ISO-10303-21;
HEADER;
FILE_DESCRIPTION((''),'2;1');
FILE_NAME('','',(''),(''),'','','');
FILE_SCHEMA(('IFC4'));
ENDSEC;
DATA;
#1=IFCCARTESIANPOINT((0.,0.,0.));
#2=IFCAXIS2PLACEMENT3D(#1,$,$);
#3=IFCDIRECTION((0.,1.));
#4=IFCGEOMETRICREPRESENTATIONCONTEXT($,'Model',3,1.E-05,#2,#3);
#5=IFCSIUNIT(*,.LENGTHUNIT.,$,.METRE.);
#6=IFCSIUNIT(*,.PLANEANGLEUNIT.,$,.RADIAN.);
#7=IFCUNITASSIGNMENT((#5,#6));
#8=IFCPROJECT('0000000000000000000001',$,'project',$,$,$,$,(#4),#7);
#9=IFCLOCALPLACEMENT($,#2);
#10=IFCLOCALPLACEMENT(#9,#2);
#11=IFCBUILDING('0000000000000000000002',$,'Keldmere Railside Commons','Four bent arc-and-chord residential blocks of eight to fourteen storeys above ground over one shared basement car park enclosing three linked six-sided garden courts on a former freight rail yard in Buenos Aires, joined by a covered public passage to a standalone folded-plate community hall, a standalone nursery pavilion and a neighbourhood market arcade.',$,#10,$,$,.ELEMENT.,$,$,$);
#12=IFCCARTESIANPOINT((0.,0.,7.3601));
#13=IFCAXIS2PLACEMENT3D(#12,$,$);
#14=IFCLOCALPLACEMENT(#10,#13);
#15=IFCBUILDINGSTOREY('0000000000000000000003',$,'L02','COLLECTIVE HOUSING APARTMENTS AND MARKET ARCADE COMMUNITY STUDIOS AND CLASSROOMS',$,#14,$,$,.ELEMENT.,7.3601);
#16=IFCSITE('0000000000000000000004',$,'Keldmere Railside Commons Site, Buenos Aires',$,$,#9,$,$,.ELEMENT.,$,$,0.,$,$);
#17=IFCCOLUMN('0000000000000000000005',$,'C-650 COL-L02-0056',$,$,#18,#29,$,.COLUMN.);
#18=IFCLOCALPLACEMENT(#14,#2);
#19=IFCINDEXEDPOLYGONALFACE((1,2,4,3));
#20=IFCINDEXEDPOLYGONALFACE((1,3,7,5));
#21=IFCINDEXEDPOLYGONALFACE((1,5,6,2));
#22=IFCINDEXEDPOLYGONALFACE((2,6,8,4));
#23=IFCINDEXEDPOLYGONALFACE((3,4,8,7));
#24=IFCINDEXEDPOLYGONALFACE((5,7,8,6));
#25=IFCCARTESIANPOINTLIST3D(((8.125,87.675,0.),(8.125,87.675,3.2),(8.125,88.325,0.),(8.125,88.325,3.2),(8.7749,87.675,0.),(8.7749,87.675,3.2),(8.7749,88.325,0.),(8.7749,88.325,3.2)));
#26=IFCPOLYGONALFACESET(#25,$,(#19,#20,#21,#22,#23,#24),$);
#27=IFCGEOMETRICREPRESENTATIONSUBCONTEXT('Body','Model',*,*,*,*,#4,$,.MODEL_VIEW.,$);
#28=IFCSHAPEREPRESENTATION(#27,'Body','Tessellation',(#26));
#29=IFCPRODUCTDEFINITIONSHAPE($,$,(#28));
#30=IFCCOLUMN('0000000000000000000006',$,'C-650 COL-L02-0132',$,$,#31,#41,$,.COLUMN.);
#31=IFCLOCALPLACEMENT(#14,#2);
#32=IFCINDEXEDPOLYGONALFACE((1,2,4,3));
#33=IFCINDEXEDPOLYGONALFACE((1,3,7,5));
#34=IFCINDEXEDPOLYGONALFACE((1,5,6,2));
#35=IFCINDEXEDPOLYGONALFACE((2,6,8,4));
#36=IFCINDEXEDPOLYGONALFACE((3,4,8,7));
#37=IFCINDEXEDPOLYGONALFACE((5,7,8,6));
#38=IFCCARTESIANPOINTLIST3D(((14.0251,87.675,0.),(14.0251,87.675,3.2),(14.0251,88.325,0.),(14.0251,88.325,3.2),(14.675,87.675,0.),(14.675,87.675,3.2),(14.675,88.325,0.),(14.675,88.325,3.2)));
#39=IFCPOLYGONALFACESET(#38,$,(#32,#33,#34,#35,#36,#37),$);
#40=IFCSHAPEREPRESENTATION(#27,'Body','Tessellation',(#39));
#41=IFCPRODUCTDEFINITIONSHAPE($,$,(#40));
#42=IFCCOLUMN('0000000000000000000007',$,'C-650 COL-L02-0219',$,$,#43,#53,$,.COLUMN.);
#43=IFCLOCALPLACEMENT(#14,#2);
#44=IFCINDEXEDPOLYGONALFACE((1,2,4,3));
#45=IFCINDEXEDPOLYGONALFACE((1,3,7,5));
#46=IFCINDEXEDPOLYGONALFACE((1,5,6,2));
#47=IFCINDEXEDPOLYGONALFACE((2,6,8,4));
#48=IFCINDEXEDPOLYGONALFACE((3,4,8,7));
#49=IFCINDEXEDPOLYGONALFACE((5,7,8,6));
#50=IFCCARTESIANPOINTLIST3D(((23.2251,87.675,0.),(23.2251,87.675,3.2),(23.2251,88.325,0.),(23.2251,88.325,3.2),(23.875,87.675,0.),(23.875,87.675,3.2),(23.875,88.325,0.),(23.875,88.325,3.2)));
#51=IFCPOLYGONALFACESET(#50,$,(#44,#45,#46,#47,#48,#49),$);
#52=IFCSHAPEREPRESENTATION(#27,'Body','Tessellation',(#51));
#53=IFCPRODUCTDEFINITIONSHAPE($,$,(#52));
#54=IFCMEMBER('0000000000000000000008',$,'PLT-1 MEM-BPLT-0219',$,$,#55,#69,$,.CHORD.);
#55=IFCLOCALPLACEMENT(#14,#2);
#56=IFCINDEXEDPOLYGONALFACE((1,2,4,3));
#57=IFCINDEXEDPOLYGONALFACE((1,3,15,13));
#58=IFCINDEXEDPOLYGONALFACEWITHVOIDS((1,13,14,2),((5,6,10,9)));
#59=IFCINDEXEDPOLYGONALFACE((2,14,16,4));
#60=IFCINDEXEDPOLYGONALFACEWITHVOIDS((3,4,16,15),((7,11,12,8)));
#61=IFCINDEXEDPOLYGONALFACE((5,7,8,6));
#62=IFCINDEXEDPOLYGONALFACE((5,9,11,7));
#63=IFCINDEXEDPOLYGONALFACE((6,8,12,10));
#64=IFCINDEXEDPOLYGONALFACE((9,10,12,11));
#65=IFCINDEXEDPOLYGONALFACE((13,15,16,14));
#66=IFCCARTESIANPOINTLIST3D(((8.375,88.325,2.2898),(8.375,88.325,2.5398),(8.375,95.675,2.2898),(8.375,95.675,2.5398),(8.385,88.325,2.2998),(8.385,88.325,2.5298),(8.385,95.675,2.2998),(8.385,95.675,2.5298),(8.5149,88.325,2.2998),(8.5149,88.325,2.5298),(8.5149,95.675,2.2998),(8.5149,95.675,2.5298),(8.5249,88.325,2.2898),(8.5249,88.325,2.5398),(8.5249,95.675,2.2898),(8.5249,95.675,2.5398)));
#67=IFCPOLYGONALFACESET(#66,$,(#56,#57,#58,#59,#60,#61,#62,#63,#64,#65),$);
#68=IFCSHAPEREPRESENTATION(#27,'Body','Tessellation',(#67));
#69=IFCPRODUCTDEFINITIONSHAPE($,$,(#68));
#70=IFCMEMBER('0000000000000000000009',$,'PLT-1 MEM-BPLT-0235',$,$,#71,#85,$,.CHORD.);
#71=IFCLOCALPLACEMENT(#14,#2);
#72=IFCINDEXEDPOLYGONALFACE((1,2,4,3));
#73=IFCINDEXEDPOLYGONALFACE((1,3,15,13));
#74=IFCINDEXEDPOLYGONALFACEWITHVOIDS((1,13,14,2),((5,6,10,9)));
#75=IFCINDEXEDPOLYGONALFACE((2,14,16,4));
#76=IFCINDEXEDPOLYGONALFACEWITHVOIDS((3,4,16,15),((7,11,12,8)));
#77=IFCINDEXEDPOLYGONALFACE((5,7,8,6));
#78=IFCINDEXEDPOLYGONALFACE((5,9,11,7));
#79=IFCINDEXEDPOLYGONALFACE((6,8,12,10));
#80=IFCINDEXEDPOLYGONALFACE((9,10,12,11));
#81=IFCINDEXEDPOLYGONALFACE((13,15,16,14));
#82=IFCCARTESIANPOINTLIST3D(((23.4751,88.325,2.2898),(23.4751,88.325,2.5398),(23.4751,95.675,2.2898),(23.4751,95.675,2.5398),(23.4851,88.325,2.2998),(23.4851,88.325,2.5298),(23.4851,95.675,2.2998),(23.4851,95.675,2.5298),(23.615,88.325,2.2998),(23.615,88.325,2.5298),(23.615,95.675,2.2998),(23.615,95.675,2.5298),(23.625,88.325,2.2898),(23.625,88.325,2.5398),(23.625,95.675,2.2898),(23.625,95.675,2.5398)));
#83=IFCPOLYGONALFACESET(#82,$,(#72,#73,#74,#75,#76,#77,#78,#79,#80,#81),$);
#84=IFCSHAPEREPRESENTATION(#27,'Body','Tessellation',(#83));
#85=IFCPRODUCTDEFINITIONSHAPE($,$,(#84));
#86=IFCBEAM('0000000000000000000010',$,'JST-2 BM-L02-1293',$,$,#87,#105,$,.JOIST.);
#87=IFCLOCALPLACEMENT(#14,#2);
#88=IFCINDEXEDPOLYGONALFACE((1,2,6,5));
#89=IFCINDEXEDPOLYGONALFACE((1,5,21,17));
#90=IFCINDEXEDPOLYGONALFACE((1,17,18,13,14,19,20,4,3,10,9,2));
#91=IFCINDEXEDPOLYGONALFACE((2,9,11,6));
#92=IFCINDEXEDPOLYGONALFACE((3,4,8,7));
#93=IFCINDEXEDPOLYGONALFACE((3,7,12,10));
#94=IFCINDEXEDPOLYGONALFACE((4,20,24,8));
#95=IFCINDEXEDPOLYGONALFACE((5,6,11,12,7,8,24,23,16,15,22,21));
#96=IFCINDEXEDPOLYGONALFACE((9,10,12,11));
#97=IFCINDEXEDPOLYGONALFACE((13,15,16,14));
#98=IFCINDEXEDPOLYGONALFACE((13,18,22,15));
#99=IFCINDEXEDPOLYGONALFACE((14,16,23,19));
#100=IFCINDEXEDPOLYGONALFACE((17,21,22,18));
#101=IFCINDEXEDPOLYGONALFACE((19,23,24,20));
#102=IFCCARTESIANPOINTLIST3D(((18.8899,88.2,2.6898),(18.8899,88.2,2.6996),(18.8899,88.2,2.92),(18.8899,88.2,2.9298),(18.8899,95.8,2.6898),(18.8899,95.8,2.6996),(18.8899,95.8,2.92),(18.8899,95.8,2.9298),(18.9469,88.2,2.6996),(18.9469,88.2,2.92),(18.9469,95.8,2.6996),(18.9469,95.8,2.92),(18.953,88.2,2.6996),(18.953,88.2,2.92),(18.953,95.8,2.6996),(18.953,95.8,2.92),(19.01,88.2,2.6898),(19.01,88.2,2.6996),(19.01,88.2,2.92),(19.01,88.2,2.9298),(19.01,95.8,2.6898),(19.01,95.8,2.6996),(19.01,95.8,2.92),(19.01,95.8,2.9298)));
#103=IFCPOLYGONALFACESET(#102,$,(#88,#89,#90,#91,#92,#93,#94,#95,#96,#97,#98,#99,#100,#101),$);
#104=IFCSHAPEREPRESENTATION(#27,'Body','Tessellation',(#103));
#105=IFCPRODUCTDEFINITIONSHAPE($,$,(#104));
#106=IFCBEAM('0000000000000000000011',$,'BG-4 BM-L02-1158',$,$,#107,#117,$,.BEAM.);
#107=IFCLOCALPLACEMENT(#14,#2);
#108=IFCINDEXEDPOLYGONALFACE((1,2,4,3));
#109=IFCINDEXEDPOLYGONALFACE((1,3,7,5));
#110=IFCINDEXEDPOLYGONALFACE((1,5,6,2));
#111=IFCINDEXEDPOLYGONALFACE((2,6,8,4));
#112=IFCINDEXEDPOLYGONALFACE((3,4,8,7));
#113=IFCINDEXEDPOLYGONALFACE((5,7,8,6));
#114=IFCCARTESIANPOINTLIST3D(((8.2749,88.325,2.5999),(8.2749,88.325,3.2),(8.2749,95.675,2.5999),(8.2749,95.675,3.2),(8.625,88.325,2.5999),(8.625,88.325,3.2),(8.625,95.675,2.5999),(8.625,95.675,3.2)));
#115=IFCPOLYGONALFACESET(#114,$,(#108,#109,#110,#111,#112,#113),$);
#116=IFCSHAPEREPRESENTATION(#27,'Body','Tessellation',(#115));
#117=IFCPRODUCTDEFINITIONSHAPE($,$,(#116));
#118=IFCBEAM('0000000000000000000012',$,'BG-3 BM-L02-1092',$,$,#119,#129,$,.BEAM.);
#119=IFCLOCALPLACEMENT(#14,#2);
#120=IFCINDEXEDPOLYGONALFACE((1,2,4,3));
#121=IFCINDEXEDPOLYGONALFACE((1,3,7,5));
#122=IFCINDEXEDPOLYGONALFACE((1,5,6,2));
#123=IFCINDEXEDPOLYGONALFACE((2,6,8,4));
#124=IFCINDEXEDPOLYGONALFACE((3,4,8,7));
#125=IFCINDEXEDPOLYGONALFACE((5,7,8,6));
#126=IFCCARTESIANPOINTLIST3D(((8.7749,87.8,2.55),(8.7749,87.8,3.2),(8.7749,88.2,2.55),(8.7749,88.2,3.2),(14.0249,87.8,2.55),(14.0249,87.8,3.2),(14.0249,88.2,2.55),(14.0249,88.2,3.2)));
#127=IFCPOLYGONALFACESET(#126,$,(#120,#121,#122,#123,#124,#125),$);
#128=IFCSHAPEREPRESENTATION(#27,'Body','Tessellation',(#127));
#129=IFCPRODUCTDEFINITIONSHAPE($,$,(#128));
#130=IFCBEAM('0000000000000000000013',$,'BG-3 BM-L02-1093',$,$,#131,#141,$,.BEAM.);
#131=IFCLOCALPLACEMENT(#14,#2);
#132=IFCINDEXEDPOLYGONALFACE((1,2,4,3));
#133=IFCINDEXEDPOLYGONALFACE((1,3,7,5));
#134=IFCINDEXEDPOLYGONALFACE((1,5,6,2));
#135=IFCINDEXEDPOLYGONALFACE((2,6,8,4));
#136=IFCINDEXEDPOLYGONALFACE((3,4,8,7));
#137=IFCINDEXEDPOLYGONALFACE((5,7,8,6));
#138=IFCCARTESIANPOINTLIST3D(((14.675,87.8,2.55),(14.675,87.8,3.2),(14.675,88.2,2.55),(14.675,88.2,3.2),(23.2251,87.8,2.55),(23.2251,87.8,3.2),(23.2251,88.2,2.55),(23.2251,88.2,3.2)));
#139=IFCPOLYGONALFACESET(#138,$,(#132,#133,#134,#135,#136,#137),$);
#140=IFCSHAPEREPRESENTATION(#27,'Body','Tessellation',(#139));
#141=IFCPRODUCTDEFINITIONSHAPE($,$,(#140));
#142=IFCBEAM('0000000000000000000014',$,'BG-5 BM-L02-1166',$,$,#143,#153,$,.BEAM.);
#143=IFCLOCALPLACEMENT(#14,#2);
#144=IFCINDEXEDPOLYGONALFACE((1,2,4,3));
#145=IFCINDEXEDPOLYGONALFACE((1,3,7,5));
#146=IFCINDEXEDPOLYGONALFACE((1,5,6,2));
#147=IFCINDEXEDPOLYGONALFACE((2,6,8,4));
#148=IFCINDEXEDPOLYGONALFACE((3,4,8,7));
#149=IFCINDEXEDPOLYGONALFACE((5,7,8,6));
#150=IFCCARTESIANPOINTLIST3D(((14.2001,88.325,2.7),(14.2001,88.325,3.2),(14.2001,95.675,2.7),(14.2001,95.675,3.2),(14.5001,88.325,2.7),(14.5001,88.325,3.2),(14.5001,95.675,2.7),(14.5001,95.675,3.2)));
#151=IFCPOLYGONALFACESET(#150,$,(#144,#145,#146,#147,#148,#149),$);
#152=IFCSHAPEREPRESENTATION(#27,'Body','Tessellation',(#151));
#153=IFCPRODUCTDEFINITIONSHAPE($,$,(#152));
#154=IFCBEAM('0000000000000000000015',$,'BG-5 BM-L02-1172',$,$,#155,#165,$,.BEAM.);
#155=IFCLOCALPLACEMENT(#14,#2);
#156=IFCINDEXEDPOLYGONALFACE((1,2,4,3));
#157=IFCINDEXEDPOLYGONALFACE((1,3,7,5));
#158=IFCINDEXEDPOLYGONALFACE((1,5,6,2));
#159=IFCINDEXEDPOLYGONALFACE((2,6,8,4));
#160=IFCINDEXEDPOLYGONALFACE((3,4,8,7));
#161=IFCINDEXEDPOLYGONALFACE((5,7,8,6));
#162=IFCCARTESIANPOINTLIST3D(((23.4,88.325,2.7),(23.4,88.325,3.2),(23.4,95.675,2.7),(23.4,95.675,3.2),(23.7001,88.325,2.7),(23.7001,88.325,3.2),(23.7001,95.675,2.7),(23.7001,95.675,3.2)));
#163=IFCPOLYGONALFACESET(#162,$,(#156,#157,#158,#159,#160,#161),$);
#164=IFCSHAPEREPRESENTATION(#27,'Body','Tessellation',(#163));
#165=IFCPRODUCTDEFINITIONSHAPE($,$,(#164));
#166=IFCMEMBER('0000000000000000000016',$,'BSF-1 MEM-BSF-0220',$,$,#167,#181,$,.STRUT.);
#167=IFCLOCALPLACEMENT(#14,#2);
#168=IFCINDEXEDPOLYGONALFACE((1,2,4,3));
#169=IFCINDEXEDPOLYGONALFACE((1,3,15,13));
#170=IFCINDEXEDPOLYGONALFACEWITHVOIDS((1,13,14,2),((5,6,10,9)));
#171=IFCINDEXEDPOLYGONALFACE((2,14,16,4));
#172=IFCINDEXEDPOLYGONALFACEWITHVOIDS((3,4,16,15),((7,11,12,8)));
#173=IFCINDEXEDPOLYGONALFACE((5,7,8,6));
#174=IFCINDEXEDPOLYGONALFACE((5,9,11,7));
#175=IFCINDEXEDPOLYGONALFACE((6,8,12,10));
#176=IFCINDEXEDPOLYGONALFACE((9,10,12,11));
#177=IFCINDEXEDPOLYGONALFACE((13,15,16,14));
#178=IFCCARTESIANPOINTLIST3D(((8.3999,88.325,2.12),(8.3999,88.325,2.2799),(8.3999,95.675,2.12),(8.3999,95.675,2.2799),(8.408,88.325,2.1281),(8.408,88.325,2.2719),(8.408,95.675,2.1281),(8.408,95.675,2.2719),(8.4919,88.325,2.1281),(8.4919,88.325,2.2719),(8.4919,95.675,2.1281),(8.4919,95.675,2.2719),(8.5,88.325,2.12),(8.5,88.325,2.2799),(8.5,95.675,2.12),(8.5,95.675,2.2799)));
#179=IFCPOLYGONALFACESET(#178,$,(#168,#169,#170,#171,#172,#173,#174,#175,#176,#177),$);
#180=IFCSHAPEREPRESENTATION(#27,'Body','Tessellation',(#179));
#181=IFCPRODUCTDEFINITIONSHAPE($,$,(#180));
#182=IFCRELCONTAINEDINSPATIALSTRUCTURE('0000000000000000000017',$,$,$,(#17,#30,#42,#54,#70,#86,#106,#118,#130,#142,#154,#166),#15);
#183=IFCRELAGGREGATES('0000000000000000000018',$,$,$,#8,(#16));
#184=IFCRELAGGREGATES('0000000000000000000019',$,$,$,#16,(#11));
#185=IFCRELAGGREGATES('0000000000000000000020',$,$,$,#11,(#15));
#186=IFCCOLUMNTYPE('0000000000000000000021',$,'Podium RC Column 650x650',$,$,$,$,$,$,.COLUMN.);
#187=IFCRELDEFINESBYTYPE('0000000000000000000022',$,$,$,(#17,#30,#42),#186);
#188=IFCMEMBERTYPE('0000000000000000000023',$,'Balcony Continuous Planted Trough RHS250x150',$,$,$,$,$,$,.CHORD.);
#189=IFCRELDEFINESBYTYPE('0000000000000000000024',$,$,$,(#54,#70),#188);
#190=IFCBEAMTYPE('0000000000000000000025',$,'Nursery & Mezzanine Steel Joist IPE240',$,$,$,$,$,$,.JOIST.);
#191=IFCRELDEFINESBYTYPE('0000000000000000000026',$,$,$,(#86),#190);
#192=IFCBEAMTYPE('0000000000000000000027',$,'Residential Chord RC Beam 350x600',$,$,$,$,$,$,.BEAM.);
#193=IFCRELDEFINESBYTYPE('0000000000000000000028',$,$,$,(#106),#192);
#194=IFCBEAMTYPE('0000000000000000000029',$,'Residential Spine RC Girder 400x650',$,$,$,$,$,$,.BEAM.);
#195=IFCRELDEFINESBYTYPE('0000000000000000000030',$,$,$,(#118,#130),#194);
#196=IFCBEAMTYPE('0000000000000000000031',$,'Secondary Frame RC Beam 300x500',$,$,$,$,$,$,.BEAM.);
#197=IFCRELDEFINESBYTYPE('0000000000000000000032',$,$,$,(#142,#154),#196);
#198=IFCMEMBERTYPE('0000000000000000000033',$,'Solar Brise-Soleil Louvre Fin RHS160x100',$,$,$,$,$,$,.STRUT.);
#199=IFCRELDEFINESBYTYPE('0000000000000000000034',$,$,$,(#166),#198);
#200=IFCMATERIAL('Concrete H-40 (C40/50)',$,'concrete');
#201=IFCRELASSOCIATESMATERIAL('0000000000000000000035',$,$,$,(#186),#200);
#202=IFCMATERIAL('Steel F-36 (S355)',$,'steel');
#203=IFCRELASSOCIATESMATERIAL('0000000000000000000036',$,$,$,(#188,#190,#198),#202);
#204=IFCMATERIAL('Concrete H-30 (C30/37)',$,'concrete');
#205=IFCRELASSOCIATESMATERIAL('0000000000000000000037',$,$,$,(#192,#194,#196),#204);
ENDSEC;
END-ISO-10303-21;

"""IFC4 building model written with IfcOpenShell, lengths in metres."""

from ifc_helpers import new_model, si_unit, direction, frame, origin, origin_2d, place, context, subcontext, project, spatial, rectangle, hollow_rectangle, i_section, extrude, material, material_profile, profile_set, type_object, element, save


model = new_model("IFC4")

# Units and contexts
model_context = context("Model", 3, precision=1e-05, world=origin(), true_north=direction((0.0, 1.0)))
body_context = subcontext(model_context, "Body", "Model", "MODEL_VIEW")
ifc_project = project(units=[si_unit("LENGTHUNIT", "METRE"), si_unit("PLANEANGLEUNIT", "RADIAN")], contexts=[model_context])

# Site, building, storey
site_placement = place(None, origin())
site = spatial("IfcSite", under=ifc_project, at=site_placement, Name="Keldmere Railside Commons Site, Buenos Aires", CompositionType="ELEMENT", RefElevation=0.0)
building_placement = place(site_placement, origin())
building = spatial("IfcBuilding", under=site, at=building_placement, Name="Keldmere Railside Commons", Description="Four bent arc-and-chord residential blocks of eight to fourteen storeys above ground over one shared basement car park enclosing three linked six-sided garden courts on a former freight rail yard in Buenos Aires, joined by a covered public passage to a standalone folded-plate community hall, a standalone nursery pavilion and a neighbourhood market arcade.", CompositionType="ELEMENT")
storey_placement = place(building_placement, frame((0.0, 0.0, 7.3601)))
storey = spatial("IfcBuildingStorey", under=building, at=storey_placement, Name="L02", Description="COLLECTIVE HOUSING APARTMENTS AND MARKET ARCADE COMMUNITY STUDIOS AND CLASSROOMS", CompositionType="ELEMENT", Elevation=7.3601)

# Columns
ifc_material_1 = material(Name="Concrete H-40 (C40/50)", Category="concrete")
ifc_material_profile_1 = material_profile(ifc_material_1, rectangle(XDim=0.6499, YDim=0.6499, at=origin_2d()), Name="RC-650x650")
ifc_profile_set_1 = profile_set([ifc_material_profile_1], Name="Concrete H-40 (C40/50)")
column_type = type_object("IfcColumnType", Name="Podium RC Column 650x650", PredefinedType="COLUMN", material=ifc_profile_set_1)
for number, where, z_axis, x_axis, name in (
    (1, (8.45, 88.0, 0.0), (0.0, 0.0, 1.0), (1.0, 0.0, 0.0), "C-650 COL-L02-0056"),
    (2, (14.3501, 88.0, 0.0), (0.0, 0.0, 1.0), (1.0, 0.0, 0.0), "C-650 COL-L02-0132"),
    (3, (23.55, 88.0, 0.0), (0.0, 0.0, 1.0), (1.0, 0.0, 0.0), "C-650 COL-L02-0219"),
):
    element("IfcColumn", number, at=place(storey_placement, frame(where, z_axis=z_axis, x_axis=x_axis)), inside=storey, type_object=column_type, Name=name, PredefinedType="COLUMN", context=body_context, shape_type="SweptSolid", body=[
        extrude(rectangle(XDim=0.6499, YDim=0.6499, at=origin_2d()), origin(), (0.0, 0.0, 1.0), 3.2),
    ])

# Members
ifc_material_2 = material(Name="Steel F-36 (S355)", Category="steel")
ifc_material_profile_2 = material_profile(ifc_material_2, hollow_rectangle(XDim=0.1499, YDim=0.25, WallThickness=0.01, at=origin_2d()), Name="RHS-250x150x10")
ifc_profile_set_2 = profile_set([ifc_material_profile_2], Name="Steel F-36 (S355)")
member_type_1 = type_object("IfcMemberType", Name="Balcony Continuous Planted Trough RHS250x150", PredefinedType="CHORD", material=ifc_profile_set_2)
for number, where, z_axis, x_axis, name in (
    (4, (8.45, 88.325, 2.4148), (0.0, 1.0, 0.0), (-1.0, 0.0, 0.0), "PLT-1 MEM-BPLT-0219"),
    (5, (23.55, 88.325, 2.4148), (0.0, 1.0, 0.0), (-1.0, 0.0, 0.0), "PLT-1 MEM-BPLT-0235"),
):
    element("IfcMember", number, at=place(storey_placement, frame(where, z_axis=z_axis, x_axis=x_axis)), inside=storey, type_object=member_type_1, Name=name, PredefinedType="CHORD", context=body_context, shape_type="SweptSolid", body=[
        extrude(hollow_rectangle(XDim=0.1499, YDim=0.25, WallThickness=0.01, at=origin_2d()), origin(), (0.0, 0.0, 1.0), 7.3501),
    ])

# Beams
ifc_material_profile_3 = material_profile(ifc_material_2, i_section(OverallWidth=0.1201, OverallDepth=0.24, WebThickness=0.0061, FlangeThickness=0.0098, at=origin_2d()), Name="IPE-240")
ifc_profile_set_3 = profile_set([ifc_material_profile_3], Name="Steel F-36 (S355)")
beam_type_1 = type_object("IfcBeamType", Name="Nursery & Mezzanine Steel Joist IPE240", PredefinedType="JOIST", material=ifc_profile_set_3)
beam_1_placement = place(storey_placement, frame((18.95, 88.2, 2.8098), z_axis=(0.0, 1.0, 0.0), x_axis=(-1.0, 0.0, 0.0)))
element("IfcBeam", 6, at=beam_1_placement, inside=storey, type_object=beam_type_1, Name="JST-2 BM-L02-1293", PredefinedType="JOIST", context=body_context, shape_type="SweptSolid", body=[
    extrude(i_section(OverallWidth=0.1201, OverallDepth=0.24, WebThickness=0.0061, FlangeThickness=0.0098, at=origin_2d()), origin(), (0.0, 0.0, 1.0), 7.6001),
])
ifc_material_3 = material(Name="Concrete H-30 (C30/37)", Category="concrete")
ifc_material_profile_4 = material_profile(ifc_material_3, rectangle(XDim=0.3501, YDim=0.6001, at=origin_2d()), Name="RC-350x600")
ifc_profile_set_4 = profile_set([ifc_material_profile_4], Name="Concrete H-30 (C30/37)")
beam_type_2 = type_object("IfcBeamType", Name="Residential Chord RC Beam 350x600", PredefinedType="BEAM", material=ifc_profile_set_4)
beam_2_placement = place(storey_placement, frame((8.45, 88.325, 2.8999), z_axis=(0.0, 1.0, 0.0), x_axis=(-1.0, 0.0, 0.0)))
element("IfcBeam", 7, at=beam_2_placement, inside=storey, type_object=beam_type_2, Name="BG-4 BM-L02-1158", PredefinedType="BEAM", context=body_context, shape_type="SweptSolid", body=[
    extrude(rectangle(XDim=0.3501, YDim=0.6001, at=origin_2d()), origin(), (0.0, 0.0, 1.0), 7.3501),
])
ifc_material_profile_5 = material_profile(ifc_material_3, rectangle(XDim=0.3999, YDim=0.6499, at=origin_2d()), Name="RC-400x650")
ifc_profile_set_5 = profile_set([ifc_material_profile_5], Name="Concrete H-30 (C30/37)")
beam_type_3 = type_object("IfcBeamType", Name="Residential Spine RC Girder 400x650", PredefinedType="BEAM", material=ifc_profile_set_5)
beam_3_placement = place(storey_placement, frame((8.7749, 88.0, 2.875), z_axis=(1.0, 0.0, 0.0), x_axis=(0.0, 1.0, 0.0)))
element("IfcBeam", 8, at=beam_3_placement, inside=storey, type_object=beam_type_3, Name="BG-3 BM-L02-1092", PredefinedType="BEAM", context=body_context, shape_type="SweptSolid", body=[
    extrude(rectangle(XDim=0.3999, YDim=0.6499, at=origin_2d()), origin(), (0.0, 0.0, 1.0), 5.25),
])
beam_4_placement = place(storey_placement, frame((14.675, 88.0, 2.875), z_axis=(1.0, 0.0, 0.0), x_axis=(0.0, 1.0, 0.0)))
element("IfcBeam", 9, at=beam_4_placement, inside=storey, type_object=beam_type_3, Name="BG-3 BM-L02-1093", PredefinedType="BEAM", context=body_context, shape_type="SweptSolid", body=[
    extrude(rectangle(XDim=0.3999, YDim=0.6499, at=origin_2d()), origin(), (0.0, 0.0, 1.0), 8.55),
])
ifc_material_profile_6 = material_profile(ifc_material_3, rectangle(XDim=0.3, YDim=0.5, at=origin_2d()), Name="RC-300x500")
ifc_profile_set_6 = profile_set([ifc_material_profile_6], Name="Concrete H-30 (C30/37)")
beam_type_4 = type_object("IfcBeamType", Name="Secondary Frame RC Beam 300x500", PredefinedType="BEAM", material=ifc_profile_set_6)
for number, where, z_axis, x_axis, name in (
    (10, (14.3501, 88.325, 2.95), (0.0, 1.0, 0.0), (-1.0, 0.0, 0.0), "BG-5 BM-L02-1166"),
    (11, (23.55, 88.325, 2.95), (0.0, 1.0, 0.0), (-1.0, 0.0, 0.0), "BG-5 BM-L02-1172"),
):
    element("IfcBeam", number, at=place(storey_placement, frame(where, z_axis=z_axis, x_axis=x_axis)), inside=storey, type_object=beam_type_4, Name=name, PredefinedType="BEAM", context=body_context, shape_type="SweptSolid", body=[
        extrude(rectangle(XDim=0.3, YDim=0.5, at=origin_2d()), origin(), (0.0, 0.0, 1.0), 7.3501),
    ])

# Member
ifc_material_profile_7 = material_profile(ifc_material_2, hollow_rectangle(XDim=0.1001, YDim=0.1599, WallThickness=0.0081, at=origin_2d()), Name="RHS-160x100x8")
ifc_profile_set_7 = profile_set([ifc_material_profile_7], Name="Steel F-36 (S355)")
member_type_2 = type_object("IfcMemberType", Name="Solar Brise-Soleil Louvre Fin RHS160x100", PredefinedType="STRUT", material=ifc_profile_set_7)
member_placement = place(storey_placement, frame((8.45, 88.325, 2.2), z_axis=(0.0, 1.0, 0.0), x_axis=(-1.0, 0.0, 0.0)))
element("IfcMember", 12, at=member_placement, inside=storey, type_object=member_type_2, Name="BSF-1 MEM-BSF-0220", PredefinedType="STRUT", context=body_context, shape_type="SweptSolid", body=[
    extrude(hollow_rectangle(XDim=0.1001, YDim=0.1599, WallThickness=0.0081, at=origin_2d()), origin(), (0.0, 0.0, 1.0), 7.3501),
])

save(model, "model.ifc")
